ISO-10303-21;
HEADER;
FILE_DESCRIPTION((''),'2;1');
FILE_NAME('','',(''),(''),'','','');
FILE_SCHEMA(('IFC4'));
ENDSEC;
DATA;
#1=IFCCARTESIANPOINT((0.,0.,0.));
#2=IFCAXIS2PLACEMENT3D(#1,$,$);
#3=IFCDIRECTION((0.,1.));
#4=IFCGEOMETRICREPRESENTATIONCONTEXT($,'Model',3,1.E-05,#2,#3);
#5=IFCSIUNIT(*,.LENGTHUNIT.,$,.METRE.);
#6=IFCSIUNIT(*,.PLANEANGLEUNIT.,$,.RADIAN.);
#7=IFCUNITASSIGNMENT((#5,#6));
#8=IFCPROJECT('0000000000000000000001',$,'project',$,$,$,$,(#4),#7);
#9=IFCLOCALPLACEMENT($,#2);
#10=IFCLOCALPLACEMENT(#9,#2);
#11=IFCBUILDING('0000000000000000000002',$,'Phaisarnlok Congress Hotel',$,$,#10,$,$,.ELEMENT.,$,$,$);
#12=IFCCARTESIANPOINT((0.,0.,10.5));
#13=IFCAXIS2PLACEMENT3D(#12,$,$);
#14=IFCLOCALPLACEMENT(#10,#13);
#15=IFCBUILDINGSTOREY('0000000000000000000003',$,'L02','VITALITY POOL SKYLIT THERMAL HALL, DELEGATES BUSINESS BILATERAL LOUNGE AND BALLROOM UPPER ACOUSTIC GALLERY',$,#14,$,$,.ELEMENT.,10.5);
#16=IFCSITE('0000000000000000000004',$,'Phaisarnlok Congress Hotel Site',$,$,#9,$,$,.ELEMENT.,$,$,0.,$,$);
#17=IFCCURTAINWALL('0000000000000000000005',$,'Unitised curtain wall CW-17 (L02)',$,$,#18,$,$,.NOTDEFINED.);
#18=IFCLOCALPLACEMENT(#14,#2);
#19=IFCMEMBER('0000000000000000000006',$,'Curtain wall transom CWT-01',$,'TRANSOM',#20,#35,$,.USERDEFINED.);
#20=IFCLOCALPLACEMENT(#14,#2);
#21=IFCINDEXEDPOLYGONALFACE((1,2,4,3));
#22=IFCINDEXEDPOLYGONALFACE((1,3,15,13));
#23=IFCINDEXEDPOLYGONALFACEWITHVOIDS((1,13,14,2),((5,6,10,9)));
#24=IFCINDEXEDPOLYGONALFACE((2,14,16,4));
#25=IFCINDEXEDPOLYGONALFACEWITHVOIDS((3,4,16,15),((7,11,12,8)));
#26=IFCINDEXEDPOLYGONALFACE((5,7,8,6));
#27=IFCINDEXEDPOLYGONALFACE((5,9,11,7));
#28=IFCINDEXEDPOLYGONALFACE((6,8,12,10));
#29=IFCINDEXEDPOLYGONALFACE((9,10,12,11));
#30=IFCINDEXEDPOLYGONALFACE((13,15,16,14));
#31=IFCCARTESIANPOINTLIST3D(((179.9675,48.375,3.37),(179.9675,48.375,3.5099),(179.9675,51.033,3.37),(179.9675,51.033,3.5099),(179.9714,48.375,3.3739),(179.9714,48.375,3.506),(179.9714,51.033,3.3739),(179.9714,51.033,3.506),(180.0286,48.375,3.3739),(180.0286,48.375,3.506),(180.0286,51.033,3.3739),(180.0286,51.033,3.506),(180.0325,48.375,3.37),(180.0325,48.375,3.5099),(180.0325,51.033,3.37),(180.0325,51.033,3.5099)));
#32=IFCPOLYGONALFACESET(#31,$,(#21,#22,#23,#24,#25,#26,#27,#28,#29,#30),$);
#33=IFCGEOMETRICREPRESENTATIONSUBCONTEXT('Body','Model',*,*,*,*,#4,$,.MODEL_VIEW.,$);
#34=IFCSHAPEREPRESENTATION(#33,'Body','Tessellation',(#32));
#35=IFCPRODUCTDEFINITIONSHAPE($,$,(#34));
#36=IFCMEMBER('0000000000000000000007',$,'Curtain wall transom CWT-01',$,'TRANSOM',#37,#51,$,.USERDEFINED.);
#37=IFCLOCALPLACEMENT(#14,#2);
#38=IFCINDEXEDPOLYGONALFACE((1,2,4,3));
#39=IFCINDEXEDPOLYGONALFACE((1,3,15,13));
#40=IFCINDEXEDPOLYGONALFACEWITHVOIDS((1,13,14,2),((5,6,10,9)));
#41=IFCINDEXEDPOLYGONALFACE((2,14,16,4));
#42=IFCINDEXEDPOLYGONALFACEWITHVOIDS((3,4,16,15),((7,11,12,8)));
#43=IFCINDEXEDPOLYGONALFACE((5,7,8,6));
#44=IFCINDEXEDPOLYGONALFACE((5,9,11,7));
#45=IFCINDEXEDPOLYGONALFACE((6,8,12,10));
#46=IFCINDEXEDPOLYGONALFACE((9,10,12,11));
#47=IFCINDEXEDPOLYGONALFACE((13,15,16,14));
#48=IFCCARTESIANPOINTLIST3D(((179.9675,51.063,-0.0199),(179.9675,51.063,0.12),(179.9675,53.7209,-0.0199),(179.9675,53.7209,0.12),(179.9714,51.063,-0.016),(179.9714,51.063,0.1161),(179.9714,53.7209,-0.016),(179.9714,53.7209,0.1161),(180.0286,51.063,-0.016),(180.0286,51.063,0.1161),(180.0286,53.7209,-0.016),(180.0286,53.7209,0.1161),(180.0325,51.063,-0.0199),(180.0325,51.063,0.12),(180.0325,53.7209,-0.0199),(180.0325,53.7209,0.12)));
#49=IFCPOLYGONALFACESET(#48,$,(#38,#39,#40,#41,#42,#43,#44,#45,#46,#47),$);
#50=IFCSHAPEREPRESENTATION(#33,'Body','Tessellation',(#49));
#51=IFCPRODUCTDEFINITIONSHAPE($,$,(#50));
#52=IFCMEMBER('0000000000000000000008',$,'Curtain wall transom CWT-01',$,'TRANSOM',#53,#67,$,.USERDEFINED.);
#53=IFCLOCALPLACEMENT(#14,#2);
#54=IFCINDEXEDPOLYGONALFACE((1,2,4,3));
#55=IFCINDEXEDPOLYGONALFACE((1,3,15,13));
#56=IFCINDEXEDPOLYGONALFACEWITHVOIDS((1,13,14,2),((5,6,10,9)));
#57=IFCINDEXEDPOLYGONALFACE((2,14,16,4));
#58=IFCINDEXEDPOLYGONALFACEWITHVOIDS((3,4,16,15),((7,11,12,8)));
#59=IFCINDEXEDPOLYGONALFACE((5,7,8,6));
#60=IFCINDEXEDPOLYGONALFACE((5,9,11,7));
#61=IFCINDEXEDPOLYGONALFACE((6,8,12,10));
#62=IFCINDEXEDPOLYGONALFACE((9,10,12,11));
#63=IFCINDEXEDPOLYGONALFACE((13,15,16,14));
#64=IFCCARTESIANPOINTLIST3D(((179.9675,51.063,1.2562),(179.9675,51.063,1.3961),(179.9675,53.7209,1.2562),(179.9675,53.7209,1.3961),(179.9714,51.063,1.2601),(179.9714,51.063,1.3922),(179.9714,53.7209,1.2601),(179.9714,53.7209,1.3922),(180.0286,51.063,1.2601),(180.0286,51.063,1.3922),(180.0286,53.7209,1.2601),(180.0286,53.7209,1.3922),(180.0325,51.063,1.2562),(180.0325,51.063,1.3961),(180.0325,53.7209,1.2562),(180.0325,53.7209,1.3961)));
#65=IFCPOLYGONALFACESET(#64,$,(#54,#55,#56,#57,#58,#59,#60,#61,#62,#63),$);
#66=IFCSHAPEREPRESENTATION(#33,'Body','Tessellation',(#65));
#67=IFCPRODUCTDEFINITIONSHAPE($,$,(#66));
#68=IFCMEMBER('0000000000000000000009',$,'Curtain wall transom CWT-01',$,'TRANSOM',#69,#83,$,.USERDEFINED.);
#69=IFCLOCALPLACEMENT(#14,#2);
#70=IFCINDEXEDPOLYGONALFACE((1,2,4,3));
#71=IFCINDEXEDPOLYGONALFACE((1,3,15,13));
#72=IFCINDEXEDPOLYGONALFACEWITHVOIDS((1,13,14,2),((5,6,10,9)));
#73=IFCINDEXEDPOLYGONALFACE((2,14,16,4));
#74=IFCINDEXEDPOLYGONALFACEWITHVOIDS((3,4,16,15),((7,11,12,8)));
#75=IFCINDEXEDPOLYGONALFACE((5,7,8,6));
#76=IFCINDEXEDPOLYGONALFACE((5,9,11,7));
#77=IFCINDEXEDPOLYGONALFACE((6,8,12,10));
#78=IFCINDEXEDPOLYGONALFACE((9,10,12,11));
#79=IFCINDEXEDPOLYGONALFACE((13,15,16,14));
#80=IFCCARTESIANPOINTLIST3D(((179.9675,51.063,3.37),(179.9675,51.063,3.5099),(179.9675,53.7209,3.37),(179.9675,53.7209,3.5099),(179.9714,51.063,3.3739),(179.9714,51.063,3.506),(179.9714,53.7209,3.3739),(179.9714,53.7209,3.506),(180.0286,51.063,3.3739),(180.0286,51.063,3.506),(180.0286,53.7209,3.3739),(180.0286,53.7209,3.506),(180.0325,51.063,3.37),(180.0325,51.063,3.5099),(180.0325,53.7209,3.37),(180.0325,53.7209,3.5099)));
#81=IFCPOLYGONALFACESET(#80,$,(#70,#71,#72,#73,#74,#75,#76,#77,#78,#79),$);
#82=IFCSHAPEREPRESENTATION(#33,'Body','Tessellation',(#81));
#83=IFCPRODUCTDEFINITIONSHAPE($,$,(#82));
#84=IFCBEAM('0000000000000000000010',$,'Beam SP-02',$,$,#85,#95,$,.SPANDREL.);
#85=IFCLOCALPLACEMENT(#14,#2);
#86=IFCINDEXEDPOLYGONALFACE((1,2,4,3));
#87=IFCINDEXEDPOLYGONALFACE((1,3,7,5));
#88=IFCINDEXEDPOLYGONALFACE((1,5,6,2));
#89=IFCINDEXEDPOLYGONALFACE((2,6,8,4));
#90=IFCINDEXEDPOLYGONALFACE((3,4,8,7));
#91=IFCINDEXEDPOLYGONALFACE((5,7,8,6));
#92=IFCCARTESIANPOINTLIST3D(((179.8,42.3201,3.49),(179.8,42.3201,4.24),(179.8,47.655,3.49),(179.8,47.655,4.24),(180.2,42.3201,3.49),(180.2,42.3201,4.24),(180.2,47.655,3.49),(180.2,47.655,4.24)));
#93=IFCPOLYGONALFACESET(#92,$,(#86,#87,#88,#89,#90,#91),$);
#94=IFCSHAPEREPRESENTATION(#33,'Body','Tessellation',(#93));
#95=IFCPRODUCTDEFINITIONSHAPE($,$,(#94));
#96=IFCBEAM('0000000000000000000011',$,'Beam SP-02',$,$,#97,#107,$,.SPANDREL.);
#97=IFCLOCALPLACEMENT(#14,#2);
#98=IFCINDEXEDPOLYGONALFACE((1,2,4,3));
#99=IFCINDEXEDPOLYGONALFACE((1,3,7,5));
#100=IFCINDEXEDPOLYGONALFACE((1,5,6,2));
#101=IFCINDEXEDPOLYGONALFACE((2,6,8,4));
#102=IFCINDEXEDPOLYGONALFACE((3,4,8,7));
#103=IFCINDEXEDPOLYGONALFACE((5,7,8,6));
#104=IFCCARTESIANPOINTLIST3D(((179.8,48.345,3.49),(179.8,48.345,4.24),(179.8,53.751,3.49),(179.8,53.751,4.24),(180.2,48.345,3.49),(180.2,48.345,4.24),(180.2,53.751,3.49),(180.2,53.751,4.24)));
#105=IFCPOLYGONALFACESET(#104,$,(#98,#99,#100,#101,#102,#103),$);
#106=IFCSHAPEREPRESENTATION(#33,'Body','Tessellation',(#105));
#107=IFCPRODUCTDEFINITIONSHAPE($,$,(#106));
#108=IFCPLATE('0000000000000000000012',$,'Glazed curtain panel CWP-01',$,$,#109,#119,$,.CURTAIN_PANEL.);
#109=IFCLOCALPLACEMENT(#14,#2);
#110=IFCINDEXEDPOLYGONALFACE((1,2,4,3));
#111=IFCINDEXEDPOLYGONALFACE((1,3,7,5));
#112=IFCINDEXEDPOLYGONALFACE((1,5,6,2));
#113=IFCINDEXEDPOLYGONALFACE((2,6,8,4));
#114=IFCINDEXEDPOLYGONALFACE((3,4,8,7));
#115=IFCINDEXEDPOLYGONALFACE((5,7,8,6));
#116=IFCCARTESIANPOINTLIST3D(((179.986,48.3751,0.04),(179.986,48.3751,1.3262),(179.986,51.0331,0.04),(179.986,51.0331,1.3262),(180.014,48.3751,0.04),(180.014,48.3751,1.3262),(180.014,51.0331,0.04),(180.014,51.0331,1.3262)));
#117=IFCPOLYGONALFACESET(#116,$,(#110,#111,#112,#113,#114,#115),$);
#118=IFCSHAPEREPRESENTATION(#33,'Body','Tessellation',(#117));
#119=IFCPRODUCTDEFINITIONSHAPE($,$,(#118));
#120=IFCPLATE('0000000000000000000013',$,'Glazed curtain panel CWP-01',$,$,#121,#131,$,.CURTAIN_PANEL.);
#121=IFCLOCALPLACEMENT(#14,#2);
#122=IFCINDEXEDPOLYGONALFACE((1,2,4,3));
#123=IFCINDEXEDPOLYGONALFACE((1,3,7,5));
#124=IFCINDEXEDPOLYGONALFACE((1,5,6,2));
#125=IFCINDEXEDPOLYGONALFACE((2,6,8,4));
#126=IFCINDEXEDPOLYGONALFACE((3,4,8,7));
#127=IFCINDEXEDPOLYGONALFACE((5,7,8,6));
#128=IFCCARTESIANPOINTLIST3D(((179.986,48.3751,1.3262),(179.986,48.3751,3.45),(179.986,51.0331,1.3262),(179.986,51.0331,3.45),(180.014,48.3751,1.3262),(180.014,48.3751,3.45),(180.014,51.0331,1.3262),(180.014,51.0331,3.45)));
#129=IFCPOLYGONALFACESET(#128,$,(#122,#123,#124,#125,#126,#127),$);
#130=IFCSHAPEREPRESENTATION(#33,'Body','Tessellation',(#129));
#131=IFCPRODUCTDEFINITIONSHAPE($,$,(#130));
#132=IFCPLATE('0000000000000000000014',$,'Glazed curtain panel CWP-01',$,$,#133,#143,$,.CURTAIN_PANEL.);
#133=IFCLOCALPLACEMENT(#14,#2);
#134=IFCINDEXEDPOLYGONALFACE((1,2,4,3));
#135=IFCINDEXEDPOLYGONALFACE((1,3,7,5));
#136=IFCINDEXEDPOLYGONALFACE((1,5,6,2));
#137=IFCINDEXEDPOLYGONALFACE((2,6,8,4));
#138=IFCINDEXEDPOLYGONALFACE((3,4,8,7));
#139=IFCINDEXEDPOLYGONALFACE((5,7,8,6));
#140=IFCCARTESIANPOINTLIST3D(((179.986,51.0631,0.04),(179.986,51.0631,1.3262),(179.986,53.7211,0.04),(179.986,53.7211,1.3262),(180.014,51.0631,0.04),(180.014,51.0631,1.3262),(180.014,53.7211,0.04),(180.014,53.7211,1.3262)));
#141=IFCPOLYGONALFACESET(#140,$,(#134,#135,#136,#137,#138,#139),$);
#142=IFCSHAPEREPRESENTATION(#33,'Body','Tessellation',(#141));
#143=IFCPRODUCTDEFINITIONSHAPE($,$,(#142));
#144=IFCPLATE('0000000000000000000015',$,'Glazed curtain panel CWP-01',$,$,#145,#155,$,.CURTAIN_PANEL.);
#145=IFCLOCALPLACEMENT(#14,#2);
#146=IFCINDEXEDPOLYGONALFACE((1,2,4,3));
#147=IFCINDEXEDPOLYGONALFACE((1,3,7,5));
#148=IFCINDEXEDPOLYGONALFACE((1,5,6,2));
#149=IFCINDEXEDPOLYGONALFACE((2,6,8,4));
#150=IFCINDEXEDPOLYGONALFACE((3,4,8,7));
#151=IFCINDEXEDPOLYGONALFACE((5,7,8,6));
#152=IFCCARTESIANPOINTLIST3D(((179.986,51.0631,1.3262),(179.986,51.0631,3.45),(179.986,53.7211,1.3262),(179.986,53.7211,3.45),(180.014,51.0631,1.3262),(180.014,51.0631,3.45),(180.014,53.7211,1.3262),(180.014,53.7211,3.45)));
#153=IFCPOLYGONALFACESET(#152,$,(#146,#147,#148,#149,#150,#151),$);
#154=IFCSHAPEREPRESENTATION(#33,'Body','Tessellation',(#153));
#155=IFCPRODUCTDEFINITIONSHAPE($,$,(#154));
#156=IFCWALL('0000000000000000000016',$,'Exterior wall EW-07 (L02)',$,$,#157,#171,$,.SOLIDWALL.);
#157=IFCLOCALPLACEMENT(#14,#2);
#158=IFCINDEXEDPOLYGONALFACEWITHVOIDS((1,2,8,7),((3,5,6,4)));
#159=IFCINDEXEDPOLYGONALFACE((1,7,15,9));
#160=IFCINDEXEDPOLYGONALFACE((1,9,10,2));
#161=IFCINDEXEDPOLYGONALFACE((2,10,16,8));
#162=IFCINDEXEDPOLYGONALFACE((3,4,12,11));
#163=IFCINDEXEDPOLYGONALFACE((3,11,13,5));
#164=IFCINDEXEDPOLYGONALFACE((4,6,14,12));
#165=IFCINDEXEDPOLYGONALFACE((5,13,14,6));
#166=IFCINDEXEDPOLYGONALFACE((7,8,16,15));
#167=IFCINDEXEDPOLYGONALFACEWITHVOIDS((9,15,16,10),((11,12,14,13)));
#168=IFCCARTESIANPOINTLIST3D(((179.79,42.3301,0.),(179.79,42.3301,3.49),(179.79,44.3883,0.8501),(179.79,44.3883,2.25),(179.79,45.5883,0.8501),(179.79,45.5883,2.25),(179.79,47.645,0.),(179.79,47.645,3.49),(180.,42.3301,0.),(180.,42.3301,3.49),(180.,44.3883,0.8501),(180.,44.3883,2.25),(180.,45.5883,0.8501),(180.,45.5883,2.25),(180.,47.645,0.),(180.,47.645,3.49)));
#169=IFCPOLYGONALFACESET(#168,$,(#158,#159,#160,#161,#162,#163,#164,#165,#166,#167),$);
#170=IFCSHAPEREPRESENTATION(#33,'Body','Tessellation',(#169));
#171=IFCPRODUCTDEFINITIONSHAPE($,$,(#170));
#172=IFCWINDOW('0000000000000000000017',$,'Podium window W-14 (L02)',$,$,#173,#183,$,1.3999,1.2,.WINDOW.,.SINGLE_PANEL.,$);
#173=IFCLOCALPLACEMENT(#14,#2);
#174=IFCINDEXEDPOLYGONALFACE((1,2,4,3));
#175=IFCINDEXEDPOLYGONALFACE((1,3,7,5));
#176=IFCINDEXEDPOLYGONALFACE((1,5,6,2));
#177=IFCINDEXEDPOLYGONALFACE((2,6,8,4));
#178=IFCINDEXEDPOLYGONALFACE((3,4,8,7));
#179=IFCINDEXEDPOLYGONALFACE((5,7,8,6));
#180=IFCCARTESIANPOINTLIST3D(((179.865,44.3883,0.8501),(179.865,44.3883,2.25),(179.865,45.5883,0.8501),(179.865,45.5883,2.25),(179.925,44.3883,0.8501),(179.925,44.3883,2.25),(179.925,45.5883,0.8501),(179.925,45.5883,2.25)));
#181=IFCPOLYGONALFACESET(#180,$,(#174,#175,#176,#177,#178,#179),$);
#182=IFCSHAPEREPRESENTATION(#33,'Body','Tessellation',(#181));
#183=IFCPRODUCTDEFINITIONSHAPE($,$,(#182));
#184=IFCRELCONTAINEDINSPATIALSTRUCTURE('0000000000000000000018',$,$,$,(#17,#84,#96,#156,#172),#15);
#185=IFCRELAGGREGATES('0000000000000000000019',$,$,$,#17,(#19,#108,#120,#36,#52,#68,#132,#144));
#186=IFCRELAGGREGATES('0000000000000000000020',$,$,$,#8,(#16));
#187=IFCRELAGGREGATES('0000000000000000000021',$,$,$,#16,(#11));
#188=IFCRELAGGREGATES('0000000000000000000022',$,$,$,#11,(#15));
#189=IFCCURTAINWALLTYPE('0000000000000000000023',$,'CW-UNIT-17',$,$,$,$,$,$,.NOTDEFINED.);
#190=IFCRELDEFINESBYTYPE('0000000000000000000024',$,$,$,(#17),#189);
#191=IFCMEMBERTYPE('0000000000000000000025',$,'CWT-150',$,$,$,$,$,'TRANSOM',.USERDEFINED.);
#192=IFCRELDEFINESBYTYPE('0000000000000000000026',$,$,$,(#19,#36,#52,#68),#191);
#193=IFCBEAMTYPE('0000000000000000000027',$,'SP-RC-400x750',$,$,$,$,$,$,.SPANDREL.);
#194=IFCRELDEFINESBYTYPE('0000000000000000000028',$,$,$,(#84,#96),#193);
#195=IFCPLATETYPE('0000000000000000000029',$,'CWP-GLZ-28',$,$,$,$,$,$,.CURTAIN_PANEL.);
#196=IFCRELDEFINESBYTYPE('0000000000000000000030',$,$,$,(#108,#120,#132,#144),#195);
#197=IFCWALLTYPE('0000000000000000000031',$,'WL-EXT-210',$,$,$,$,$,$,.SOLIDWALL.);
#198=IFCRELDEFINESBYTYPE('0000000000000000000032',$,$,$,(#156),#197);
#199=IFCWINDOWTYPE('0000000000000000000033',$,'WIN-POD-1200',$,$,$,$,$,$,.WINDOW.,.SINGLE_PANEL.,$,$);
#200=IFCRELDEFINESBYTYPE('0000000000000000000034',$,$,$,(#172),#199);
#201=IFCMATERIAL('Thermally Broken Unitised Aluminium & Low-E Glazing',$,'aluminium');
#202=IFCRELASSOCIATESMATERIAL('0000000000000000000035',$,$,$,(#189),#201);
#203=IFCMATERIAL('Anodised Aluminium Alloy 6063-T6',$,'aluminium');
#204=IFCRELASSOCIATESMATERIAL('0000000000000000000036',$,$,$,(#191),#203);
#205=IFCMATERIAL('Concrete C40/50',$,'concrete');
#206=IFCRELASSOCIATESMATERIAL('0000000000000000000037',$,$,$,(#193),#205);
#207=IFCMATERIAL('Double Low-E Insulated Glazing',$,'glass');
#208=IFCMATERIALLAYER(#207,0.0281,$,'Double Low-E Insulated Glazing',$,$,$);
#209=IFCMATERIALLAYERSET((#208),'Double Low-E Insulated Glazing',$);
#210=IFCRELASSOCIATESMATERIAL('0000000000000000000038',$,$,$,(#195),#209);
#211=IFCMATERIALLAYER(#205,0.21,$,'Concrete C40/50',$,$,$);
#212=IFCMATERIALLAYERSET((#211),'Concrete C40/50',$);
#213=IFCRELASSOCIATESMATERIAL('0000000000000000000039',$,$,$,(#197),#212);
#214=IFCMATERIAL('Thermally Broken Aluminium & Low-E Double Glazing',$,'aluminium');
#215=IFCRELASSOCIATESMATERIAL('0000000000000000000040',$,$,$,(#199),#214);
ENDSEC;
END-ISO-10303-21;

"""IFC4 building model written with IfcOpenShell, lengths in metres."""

from ifc_helpers import new_model, si_unit, direction, frame, frame_2d, origin, origin_2d, place, context, subcontext, project, spatial, rectangle, hollow_rectangle, extrude, material, layer, layer_set, material_profile, profile_set, type_object, element, fill, aggregate, save


model = new_model("IFC4")

# Units and contexts
model_context = context("Model", 3, precision=1e-05, world=origin(), true_north=direction((0.0, 1.0)))
body_context = subcontext(model_context, "Body", "Model", "MODEL_VIEW")
ifc_project = project(units=[si_unit("LENGTHUNIT", "METRE"), si_unit("PLANEANGLEUNIT", "RADIAN")], contexts=[model_context])

# Site, building, storey
site_placement = place(None, origin())
site = spatial("IfcSite", under=ifc_project, at=site_placement, Name="Phaisarnlok Congress Hotel Site", CompositionType="ELEMENT", RefElevation=0.0)
building_placement = place(site_placement, origin())
building = spatial("IfcBuilding", under=site, at=building_placement, Name="Phaisarnlok Congress Hotel", CompositionType="ELEMENT")
storey_placement = place(building_placement, frame((0.0, 0.0, 10.5)))
storey = spatial("IfcBuildingStorey", under=building, at=storey_placement, Name="L02", Description="VITALITY POOL SKYLIT THERMAL HALL, DELEGATES BUSINESS BILATERAL LOUNGE AND BALLROOM UPPER ACOUSTIC GALLERY", CompositionType="ELEMENT", Elevation=10.5)

# Shared definitions
ifc_material_1 = material(Name="Concrete C40/50", Category="concrete")

# Curtain wall, members
ifc_material_2 = material(Name="Thermally Broken Unitised Aluminium & Low-E Glazing", Category="aluminium")
curtain_wall_type = type_object("IfcCurtainWallType", Name="CW-UNIT-17", PredefinedType="NOTDEFINED", material=ifc_material_2)
curtain_wall_placement = place(storey_placement, origin())
curtain_wall = element("IfcCurtainWall", 1, at=curtain_wall_placement, inside=storey, type_object=curtain_wall_type, Name="Unitised curtain wall CW-17 (L02)", PredefinedType="NOTDEFINED")
ifc_material_3 = material(Name="Anodised Aluminium Alloy 6063-T6", Category="aluminium")
ifc_material_profile_1 = material_profile(ifc_material_3, hollow_rectangle(XDim=0.0649, YDim=0.1399, WallThickness=0.0039, at=origin_2d()), Name="ALU-T 65x140x4")
ifc_profile_set_1 = profile_set([ifc_material_profile_1], Name="Anodised Aluminium Alloy 6063-T6")
member_type_1 = type_object("IfcMemberType", Name="CWT-150", ElementType="TRANSOM", PredefinedType="USERDEFINED", material=ifc_profile_set_1)
member_1_placement = place(storey_placement, frame((180.0, 48.375, 3.4399), z_axis=(0.0, 1.0, 0.0), x_axis=(-1.0, 0.0, 0.0)))
member_1 = element("IfcMember", 2, at=member_1_placement, type_object=member_type_1, Name="Curtain wall transom CWT-01", ObjectType="TRANSOM", PredefinedType="USERDEFINED", context=body_context, shape_type="SweptSolid", body=[
    extrude(hollow_rectangle(XDim=0.0649, YDim=0.1399, WallThickness=0.0039, at=origin_2d()), origin(), (0.0, 0.0, 1.0), 2.658),
])
member_2_placement = place(storey_placement, frame((180.0, 51.063, 0.05), z_axis=(0.0, 1.0, 0.0), x_axis=(-1.0, 0.0, 0.0)))
member_2 = element("IfcMember", 3, at=member_2_placement, type_object=member_type_1, Name="Curtain wall transom CWT-01", ObjectType="TRANSOM", PredefinedType="USERDEFINED", context=body_context, shape_type="SweptSolid", body=[
    extrude(hollow_rectangle(XDim=0.0649, YDim=0.1399, WallThickness=0.0039, at=origin_2d()), origin(), (0.0, 0.0, 1.0), 2.658),
])
member_3_placement = place(storey_placement, frame((180.0, 51.063, 1.3262), z_axis=(0.0, 1.0, 0.0), x_axis=(-1.0, 0.0, 0.0)))
member_3 = element("IfcMember", 4, at=member_3_placement, type_object=member_type_1, Name="Curtain wall transom CWT-01", ObjectType="TRANSOM", PredefinedType="USERDEFINED", context=body_context, shape_type="SweptSolid", body=[
    extrude(hollow_rectangle(XDim=0.0649, YDim=0.1399, WallThickness=0.0039, at=origin_2d()), origin(), (0.0, 0.0, 1.0), 2.658),
])
member_4_placement = place(storey_placement, frame((180.0, 51.063, 3.4399), z_axis=(0.0, 1.0, 0.0), x_axis=(-1.0, 0.0, 0.0)))
member_4 = element("IfcMember", 5, at=member_4_placement, type_object=member_type_1, Name="Curtain wall transom CWT-01", ObjectType="TRANSOM", PredefinedType="USERDEFINED", context=body_context, shape_type="SweptSolid", body=[
    extrude(hollow_rectangle(XDim=0.0649, YDim=0.1399, WallThickness=0.0039, at=origin_2d()), origin(), (0.0, 0.0, 1.0), 2.658),
])

# Beams
ifc_material_profile_2 = material_profile(ifc_material_1, rectangle(XDim=0.3999, YDim=0.75, at=origin_2d()), Name="RC 400x750")
ifc_profile_set_2 = profile_set([ifc_material_profile_2], Name="Concrete C40/50")
beam_type_1 = type_object("IfcBeamType", Name="SP-RC-400x750", PredefinedType="SPANDREL", material=ifc_profile_set_2)
beam_1_placement = place(storey_placement, frame((180.0, 42.3201, 3.865), z_axis=(0.0, 1.0, 0.0), x_axis=(-1.0, 0.0, 0.0)))
element("IfcBeam", 6, at=beam_1_placement, inside=storey, type_object=beam_type_1, Name="Beam SP-02", PredefinedType="SPANDREL", context=body_context, shape_type="SweptSolid", body=[
    extrude(rectangle(XDim=0.3999, YDim=0.75, at=origin_2d()), origin(), (0.0, 0.0, 1.0), 5.335),
])
beam_2_placement = place(storey_placement, frame((180.0, 48.345, 3.865), z_axis=(0.0, 1.0, 0.0), x_axis=(-1.0, 0.0, 0.0)))
element("IfcBeam", 7, at=beam_2_placement, inside=storey, type_object=beam_type_1, Name="Beam SP-02", PredefinedType="SPANDREL", context=body_context, shape_type="SweptSolid", body=[
    extrude(rectangle(XDim=0.3999, YDim=0.75, at=origin_2d()), origin(), (0.0, 0.0, 1.0), 5.406),
])

# Plates
ifc_material_4 = material(Name="Double Low-E Insulated Glazing", Category="glass")
ifc_layer_1 = layer(ifc_material_4, 0.0281, Name="Double Low-E Insulated Glazing")
ifc_layer_set_1 = layer_set([ifc_layer_1], Name="Double Low-E Insulated Glazing")
plate_type = type_object("IfcPlateType", Name="CWP-GLZ-28", PredefinedType="CURTAIN_PANEL", material=ifc_layer_set_1)
plate_1_placement = place(storey_placement, frame((180.0, 48.375, 0.04), z_axis=(0.0, 0.0, 1.0), x_axis=(0.0, 1.0, 0.0)))
plate_1 = element("IfcPlate", 8, at=plate_1_placement, type_object=plate_type, Name="Glazed curtain panel CWP-01", PredefinedType="CURTAIN_PANEL", context=body_context, shape_type="SweptSolid", body=[
    extrude(rectangle(XDim=2.658, YDim=0.0281, at=frame_2d((1.3291, 0.0))), origin(), (0.0, 0.0, 1.0), 1.2861),
])
plate_2_placement = place(storey_placement, frame((180.0, 48.375, 1.3262), z_axis=(0.0, 0.0, 1.0), x_axis=(0.0, 1.0, 0.0)))
plate_2 = element("IfcPlate", 9, at=plate_2_placement, type_object=plate_type, Name="Glazed curtain panel CWP-01", PredefinedType="CURTAIN_PANEL", context=body_context, shape_type="SweptSolid", body=[
    extrude(rectangle(XDim=2.658, YDim=0.0281, at=frame_2d((1.3291, 0.0))), origin(), (0.0, 0.0, 1.0), 2.1238),
])
plate_3_placement = place(storey_placement, frame((180.0, 51.063, 0.04), z_axis=(0.0, 0.0, 1.0), x_axis=(0.0, 1.0, 0.0)))
plate_3 = element("IfcPlate", 10, at=plate_3_placement, type_object=plate_type, Name="Glazed curtain panel CWP-01", PredefinedType="CURTAIN_PANEL", context=body_context, shape_type="SweptSolid", body=[
    extrude(rectangle(XDim=2.658, YDim=0.0281, at=frame_2d((1.3291, 0.0))), origin(), (0.0, 0.0, 1.0), 1.2861),
])
plate_4_placement = place(storey_placement, frame((180.0, 51.063, 1.3262), z_axis=(0.0, 0.0, 1.0), x_axis=(0.0, 1.0, 0.0)))
plate_4 = element("IfcPlate", 11, at=plate_4_placement, type_object=plate_type, Name="Glazed curtain panel CWP-01", PredefinedType="CURTAIN_PANEL", context=body_context, shape_type="SweptSolid", body=[
    extrude(rectangle(XDim=2.658, YDim=0.0281, at=frame_2d((1.3291, 0.0))), origin(), (0.0, 0.0, 1.0), 2.1238),
])
aggregate(curtain_wall, [member_1, plate_1, plate_2, member_2, member_3, member_4, plate_3, plate_4])

# Wall, opening, window
ifc_layer_2 = layer(ifc_material_1, 0.21, Name="Concrete C40/50")
ifc_layer_set_2 = layer_set([ifc_layer_2], Name="Concrete C40/50")
wall_type_1 = type_object("IfcWallType", Name="WL-EXT-210", PredefinedType="SOLIDWALL", material=ifc_layer_set_2)
wall_1_placement = place(storey_placement, frame((179.895, 42.3301, 0.0), z_axis=(0.0, 0.0, 1.0), x_axis=(0.0, 1.0, 0.0)))
wall_1 = element("IfcWall", 12, at=wall_1_placement, inside=storey, type_object=wall_type_1, Name="Exterior wall EW-07 (L02)", PredefinedType="SOLIDWALL", context=body_context, shape_type="SweptSolid", body=[
    extrude(rectangle(XDim=5.3149, YDim=0.21, at=frame_2d((2.6575, 0.0))), origin(), (0.0, 0.0, 1.0), 3.49),
])
opening_placement = place(wall_1_placement, frame((2.0581, 0.0, 0.8501)))
opening = element("IfcOpeningElement", 13, at=opening_placement, cuts=wall_1, PredefinedType="OPENING", context=body_context, shape_type="SweptSolid", body=[
    extrude(rectangle(XDim=1.2, YDim=1.3999, at=frame_2d((0.6001, 0.7))), frame((0.0, 0.115, 0.0), z_axis=(0.0, -1.0, 0.0), x_axis=(1.0, 0.0, 0.0)), (0.0, 0.0, 1.0), 0.23),
])
ifc_material_5 = material(Name="Thermally Broken Aluminium & Low-E Double Glazing", Category="aluminium")
window_type = type_object("IfcWindowType", Name="WIN-POD-1200", PartitioningType="SINGLE_PANEL", PredefinedType="WINDOW", material=ifc_material_5)
window_placement = place(opening_placement, origin())
window = element("IfcWindow", 14, at=window_placement, inside=storey, type_object=window_type, Name="Podium window W-14 (L02)", OverallHeight=1.3999, OverallWidth=1.2, PartitioningType="SINGLE_PANEL", PredefinedType="WINDOW", context=body_context, shape_type="SweptSolid", body=[
    extrude(rectangle(XDim=1.2, YDim=1.3999, at=frame_2d((0.6001, 0.7))), frame((0.0, 0.03, 0.0), z_axis=(0.0, -1.0, 0.0), x_axis=(1.0, 0.0, 0.0)), (0.0, 0.0, 1.0), 0.0601),
])
fill(opening, window)

save(model, "model.ifc")
